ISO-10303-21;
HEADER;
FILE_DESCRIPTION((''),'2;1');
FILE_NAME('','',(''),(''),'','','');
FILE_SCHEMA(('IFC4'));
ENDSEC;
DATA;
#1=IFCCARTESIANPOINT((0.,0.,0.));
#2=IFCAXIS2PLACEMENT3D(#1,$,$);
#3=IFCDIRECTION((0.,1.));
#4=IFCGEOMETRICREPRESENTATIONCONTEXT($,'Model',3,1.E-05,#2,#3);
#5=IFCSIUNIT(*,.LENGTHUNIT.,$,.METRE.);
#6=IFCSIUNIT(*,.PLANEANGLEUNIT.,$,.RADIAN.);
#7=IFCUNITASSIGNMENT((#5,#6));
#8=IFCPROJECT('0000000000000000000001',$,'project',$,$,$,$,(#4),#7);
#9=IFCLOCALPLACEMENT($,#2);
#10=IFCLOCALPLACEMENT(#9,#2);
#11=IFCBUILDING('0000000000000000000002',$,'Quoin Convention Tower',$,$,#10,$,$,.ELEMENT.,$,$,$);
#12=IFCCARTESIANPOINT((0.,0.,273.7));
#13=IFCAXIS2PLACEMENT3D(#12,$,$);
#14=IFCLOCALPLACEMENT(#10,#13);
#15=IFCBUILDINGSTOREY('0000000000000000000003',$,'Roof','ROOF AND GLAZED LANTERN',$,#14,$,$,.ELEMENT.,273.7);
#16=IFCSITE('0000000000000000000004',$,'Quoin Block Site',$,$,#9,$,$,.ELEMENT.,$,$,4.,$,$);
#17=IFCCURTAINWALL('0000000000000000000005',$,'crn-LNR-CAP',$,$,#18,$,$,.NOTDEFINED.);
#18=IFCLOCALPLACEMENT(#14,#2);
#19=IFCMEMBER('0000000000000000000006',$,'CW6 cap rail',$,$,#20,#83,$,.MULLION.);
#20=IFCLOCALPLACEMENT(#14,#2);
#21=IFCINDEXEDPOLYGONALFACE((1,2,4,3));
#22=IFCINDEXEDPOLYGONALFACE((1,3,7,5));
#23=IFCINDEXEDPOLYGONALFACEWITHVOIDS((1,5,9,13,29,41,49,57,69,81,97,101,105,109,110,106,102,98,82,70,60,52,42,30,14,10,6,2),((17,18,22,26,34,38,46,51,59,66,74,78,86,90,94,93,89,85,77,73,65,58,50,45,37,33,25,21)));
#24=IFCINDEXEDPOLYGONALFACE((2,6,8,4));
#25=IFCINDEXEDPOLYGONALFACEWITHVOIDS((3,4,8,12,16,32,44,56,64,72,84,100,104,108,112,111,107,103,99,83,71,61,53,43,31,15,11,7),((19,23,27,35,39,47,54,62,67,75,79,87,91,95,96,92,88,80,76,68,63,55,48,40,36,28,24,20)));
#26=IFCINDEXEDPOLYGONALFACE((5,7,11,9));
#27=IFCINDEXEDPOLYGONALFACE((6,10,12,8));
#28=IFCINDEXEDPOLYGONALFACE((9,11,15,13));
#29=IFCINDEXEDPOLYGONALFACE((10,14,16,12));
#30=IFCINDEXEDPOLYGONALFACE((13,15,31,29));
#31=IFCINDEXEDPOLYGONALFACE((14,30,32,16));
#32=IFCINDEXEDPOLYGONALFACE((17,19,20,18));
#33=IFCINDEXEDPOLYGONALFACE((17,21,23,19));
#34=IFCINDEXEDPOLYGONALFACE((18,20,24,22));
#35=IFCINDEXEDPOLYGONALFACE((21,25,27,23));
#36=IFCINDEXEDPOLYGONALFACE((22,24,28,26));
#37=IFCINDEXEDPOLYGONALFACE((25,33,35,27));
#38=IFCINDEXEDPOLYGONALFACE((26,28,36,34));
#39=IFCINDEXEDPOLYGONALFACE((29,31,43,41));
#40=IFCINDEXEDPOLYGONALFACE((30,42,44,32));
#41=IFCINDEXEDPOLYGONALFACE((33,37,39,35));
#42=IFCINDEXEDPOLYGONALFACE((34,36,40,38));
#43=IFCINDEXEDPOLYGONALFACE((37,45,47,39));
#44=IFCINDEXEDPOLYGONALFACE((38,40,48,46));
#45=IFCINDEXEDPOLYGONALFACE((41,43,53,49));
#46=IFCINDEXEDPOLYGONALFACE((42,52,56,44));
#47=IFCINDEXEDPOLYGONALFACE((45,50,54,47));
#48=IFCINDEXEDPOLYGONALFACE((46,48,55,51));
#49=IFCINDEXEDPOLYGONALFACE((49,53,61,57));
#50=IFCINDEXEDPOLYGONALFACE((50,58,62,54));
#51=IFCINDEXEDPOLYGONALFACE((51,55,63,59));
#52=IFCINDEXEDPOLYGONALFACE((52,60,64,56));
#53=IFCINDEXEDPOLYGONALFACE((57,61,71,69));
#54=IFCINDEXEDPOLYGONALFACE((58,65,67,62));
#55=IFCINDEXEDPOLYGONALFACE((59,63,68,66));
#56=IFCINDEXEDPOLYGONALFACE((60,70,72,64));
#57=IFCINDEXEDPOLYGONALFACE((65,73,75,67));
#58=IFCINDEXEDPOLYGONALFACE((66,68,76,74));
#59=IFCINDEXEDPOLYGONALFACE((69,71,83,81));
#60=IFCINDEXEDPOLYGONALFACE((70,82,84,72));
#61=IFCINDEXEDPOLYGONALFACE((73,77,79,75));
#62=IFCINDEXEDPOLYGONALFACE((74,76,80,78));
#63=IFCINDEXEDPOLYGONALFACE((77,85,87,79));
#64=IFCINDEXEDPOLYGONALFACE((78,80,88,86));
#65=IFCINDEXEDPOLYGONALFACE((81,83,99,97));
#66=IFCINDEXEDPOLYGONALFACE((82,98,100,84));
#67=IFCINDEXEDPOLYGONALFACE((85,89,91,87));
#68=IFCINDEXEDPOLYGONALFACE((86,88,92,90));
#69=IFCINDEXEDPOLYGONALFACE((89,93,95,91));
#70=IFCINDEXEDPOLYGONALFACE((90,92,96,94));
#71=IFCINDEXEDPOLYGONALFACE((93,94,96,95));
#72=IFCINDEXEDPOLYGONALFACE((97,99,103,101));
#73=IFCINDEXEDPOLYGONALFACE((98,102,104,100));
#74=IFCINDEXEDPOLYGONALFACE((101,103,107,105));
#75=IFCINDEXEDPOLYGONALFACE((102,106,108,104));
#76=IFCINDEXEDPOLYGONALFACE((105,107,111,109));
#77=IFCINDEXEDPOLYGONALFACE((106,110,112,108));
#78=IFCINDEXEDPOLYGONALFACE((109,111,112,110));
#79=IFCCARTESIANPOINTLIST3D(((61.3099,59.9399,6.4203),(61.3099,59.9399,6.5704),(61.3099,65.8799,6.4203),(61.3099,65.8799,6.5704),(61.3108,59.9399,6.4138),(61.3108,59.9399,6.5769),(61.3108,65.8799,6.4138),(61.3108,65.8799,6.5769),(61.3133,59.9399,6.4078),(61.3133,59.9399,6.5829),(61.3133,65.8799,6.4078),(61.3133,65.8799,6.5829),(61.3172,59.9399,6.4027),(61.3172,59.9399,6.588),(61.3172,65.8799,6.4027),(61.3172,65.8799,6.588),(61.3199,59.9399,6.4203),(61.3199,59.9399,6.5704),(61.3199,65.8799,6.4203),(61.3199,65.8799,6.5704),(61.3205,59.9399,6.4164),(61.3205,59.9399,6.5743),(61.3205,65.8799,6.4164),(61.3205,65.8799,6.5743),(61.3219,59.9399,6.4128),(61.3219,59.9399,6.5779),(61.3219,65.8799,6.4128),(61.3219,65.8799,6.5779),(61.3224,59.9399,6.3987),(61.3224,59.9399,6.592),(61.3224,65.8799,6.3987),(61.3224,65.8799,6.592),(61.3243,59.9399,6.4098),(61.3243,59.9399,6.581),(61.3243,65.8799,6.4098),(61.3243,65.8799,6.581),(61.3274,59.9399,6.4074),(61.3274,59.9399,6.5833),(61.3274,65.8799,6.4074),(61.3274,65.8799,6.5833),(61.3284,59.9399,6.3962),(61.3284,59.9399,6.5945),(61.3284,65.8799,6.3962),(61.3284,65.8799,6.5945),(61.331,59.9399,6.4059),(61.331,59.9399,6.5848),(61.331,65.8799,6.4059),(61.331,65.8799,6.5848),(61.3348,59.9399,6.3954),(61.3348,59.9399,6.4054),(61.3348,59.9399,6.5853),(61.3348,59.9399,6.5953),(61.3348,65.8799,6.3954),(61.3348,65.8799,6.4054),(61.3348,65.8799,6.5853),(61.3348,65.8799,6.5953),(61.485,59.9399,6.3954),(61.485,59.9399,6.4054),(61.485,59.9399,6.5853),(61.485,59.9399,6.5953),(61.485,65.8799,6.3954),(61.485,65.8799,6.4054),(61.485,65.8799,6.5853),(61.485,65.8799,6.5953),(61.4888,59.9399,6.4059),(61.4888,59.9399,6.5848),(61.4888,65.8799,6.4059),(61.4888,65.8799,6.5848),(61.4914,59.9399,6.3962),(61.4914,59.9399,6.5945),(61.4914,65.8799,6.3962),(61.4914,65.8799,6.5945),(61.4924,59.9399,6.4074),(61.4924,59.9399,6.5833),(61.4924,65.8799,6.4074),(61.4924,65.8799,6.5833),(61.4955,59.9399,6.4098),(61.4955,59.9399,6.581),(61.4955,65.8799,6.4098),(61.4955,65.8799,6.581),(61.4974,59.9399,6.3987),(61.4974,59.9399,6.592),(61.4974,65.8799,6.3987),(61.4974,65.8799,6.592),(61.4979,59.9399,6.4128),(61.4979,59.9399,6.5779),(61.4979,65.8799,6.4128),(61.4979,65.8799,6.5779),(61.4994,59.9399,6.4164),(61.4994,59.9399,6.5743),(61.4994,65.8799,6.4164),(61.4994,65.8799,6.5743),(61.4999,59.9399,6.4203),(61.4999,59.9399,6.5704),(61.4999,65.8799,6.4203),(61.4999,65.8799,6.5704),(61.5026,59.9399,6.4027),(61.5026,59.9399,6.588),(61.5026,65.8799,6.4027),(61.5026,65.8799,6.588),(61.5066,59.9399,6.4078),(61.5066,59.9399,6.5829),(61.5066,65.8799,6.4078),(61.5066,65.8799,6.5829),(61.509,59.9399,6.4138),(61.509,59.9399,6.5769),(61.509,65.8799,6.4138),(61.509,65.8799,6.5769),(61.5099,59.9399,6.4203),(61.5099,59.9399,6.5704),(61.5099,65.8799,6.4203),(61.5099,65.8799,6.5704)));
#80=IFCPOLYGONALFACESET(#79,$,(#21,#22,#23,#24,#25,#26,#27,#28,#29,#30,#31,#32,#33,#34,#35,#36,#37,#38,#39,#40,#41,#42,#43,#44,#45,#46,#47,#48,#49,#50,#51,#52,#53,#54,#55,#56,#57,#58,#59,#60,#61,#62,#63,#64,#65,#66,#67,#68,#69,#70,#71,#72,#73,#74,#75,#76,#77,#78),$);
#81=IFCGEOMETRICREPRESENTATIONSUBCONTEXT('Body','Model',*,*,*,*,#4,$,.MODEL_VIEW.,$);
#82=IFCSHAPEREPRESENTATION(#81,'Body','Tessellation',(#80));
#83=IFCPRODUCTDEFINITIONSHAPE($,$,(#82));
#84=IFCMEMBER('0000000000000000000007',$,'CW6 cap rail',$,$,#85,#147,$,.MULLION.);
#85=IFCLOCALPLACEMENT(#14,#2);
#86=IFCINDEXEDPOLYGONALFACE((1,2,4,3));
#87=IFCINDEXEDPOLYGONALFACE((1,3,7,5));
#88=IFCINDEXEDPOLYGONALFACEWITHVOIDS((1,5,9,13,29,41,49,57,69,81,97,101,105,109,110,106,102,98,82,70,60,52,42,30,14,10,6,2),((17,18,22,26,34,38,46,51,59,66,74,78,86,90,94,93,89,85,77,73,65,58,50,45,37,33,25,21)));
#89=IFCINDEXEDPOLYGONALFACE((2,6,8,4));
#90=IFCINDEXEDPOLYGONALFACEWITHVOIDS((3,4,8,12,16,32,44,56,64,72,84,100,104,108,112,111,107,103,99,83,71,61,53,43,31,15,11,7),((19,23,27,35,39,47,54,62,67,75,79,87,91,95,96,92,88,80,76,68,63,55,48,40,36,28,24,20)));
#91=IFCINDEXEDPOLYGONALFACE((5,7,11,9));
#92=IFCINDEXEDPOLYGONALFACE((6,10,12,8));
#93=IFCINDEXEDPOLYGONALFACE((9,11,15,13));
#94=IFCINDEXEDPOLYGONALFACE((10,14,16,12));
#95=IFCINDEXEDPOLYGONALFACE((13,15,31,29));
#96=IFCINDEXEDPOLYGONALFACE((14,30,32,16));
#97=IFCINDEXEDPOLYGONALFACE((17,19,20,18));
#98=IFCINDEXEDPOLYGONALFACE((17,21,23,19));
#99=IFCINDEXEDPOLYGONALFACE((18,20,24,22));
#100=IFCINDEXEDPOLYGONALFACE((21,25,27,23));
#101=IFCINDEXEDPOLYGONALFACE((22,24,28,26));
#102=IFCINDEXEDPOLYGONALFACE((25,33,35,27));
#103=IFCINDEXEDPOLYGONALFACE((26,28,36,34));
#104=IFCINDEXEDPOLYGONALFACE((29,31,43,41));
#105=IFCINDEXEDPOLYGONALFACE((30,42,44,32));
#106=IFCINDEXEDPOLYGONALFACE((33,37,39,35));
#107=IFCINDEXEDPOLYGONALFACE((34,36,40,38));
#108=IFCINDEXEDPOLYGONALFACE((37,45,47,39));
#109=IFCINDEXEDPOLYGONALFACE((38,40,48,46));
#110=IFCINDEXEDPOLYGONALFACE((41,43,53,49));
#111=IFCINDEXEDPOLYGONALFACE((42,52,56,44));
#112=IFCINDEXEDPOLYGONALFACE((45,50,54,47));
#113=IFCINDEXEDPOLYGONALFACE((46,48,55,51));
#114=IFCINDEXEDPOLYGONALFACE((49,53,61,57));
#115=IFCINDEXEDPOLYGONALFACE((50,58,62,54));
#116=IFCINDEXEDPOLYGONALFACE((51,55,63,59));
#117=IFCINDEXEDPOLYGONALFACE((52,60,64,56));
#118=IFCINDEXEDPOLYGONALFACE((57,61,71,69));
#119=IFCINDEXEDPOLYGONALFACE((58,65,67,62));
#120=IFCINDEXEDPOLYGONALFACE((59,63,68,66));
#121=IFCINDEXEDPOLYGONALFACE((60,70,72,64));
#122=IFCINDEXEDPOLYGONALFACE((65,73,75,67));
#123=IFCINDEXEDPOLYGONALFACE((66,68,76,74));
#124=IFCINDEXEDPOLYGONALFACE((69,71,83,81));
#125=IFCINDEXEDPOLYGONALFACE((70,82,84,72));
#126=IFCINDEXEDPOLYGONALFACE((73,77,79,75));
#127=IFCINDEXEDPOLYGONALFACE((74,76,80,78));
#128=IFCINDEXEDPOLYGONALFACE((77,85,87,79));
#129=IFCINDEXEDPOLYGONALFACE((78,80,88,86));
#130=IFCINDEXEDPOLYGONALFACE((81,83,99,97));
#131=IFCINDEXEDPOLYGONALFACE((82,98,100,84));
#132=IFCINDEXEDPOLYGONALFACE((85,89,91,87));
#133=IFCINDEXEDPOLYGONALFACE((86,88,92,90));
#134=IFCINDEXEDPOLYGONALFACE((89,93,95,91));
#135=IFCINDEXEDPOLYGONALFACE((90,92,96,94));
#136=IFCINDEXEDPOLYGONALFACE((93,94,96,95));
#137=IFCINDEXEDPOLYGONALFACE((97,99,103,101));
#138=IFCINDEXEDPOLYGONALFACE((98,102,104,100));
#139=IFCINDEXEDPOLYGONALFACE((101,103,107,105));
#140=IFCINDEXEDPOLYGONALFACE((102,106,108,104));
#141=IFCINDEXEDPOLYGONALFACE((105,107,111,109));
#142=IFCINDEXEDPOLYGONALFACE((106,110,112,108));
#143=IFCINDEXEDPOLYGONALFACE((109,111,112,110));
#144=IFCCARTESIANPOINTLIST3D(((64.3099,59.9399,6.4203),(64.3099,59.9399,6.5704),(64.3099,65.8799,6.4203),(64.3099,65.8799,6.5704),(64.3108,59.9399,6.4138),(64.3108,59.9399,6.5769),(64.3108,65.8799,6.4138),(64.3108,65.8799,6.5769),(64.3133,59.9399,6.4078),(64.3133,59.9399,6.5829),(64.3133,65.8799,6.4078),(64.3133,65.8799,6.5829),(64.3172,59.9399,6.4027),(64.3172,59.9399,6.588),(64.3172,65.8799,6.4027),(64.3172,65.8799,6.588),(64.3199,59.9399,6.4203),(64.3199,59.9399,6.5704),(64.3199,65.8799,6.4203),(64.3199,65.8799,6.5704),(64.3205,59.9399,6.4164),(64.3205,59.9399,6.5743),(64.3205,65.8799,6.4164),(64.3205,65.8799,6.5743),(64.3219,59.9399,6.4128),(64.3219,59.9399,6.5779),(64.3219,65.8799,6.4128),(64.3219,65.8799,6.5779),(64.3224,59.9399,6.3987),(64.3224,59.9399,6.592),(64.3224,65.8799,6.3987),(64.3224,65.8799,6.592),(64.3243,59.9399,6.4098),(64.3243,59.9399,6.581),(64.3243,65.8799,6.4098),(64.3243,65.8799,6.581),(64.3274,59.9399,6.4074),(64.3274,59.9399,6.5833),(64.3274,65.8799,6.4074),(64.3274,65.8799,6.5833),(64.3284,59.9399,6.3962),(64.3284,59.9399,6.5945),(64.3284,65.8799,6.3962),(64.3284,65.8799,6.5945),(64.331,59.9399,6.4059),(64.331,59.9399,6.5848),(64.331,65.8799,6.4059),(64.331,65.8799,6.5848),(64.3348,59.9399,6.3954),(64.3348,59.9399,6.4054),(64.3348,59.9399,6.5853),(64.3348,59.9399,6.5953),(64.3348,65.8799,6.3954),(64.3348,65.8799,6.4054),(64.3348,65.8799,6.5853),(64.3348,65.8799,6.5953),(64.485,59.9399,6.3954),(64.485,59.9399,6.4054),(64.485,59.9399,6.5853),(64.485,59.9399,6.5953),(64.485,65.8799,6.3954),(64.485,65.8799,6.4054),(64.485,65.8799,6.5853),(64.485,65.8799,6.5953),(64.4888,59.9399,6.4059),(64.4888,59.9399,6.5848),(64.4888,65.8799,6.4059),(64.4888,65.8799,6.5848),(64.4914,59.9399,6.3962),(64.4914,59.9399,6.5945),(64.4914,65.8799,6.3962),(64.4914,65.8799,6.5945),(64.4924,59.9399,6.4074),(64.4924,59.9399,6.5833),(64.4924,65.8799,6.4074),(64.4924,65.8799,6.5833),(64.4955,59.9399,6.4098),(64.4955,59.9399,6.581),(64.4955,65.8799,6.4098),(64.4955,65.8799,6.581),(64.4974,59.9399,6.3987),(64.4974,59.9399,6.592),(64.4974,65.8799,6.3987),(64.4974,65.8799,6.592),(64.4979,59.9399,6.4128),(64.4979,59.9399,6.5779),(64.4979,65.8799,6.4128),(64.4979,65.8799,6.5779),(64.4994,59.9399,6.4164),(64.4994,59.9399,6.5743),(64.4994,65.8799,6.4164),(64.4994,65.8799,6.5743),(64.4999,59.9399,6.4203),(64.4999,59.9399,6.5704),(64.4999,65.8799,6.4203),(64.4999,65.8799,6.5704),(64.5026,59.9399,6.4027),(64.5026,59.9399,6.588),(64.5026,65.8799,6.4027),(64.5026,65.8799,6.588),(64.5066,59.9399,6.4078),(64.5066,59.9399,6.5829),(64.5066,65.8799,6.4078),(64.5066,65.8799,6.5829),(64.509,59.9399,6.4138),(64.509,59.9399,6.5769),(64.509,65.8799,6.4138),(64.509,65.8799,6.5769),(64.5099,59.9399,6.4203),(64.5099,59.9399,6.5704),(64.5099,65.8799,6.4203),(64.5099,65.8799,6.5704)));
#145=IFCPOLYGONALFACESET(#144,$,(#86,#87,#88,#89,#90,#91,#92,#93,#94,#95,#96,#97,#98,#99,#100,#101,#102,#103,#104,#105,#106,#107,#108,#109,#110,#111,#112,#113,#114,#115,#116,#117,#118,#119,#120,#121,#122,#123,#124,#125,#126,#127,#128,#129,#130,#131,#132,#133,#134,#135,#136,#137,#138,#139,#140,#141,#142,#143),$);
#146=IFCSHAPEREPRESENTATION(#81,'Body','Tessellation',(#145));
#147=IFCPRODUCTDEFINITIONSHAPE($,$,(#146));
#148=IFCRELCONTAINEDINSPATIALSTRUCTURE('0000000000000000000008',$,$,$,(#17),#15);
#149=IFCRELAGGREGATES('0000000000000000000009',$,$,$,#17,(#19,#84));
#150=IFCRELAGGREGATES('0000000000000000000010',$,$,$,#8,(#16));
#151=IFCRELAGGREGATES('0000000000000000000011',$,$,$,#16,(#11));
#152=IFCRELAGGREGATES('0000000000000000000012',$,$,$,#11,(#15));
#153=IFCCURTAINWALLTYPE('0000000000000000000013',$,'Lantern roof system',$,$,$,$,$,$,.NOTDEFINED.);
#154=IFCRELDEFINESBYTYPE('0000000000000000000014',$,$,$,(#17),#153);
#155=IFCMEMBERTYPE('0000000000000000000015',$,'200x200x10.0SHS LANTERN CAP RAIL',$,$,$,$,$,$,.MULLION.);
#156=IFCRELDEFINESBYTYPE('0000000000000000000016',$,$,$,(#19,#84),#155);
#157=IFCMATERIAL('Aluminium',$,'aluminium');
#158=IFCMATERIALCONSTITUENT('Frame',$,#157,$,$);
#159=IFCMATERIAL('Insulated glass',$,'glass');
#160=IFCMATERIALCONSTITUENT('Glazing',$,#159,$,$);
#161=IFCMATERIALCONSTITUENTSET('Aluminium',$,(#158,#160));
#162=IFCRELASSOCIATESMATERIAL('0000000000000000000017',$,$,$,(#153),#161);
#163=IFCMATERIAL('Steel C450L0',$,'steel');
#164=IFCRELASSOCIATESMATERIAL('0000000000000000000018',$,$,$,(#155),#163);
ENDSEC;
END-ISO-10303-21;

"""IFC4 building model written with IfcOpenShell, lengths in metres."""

from ifc_helpers import new_model, si_unit, direction, frame, origin, origin_2d, place, context, subcontext, project, spatial, hollow_rectangle, extrude, material, constituent, constituent_set, material_profile, profile_set, type_object, element, aggregate, save


model = new_model("IFC4")

# Units and contexts
model_context = context("Model", 3, precision=1e-05, world=origin(), true_north=direction((0.0, 1.0)))
body_context = subcontext(model_context, "Body", "Model", "MODEL_VIEW")
ifc_project = project(units=[si_unit("LENGTHUNIT", "METRE"), si_unit("PLANEANGLEUNIT", "RADIAN")], contexts=[model_context])

# Site, building, storey
site_placement = place(None, origin())
site = spatial("IfcSite", under=ifc_project, at=site_placement, Name="Quoin Block Site", CompositionType="ELEMENT", RefElevation=4.0)
building_placement = place(site_placement, origin())
building = spatial("IfcBuilding", under=site, at=building_placement, Name="Quoin Convention Tower", CompositionType="ELEMENT")
storey_placement = place(building_placement, frame((0.0, 0.0, 273.7)))
storey = spatial("IfcBuildingStorey", under=building, at=storey_placement, Name="Roof", Description="ROOF AND GLAZED LANTERN", CompositionType="ELEMENT", Elevation=273.7)

# Shared definitions
ifc_material_1 = material(Name="Steel C450L0", Category="steel")

# Curtain wall, members
ifc_material_2 = material(Name="Aluminium", Category="aluminium")
ifc_constituent_1 = constituent(ifc_material_2, Name="Frame")
ifc_material_3 = material(Name="Insulated glass", Category="glass")
ifc_constituent_2 = constituent(ifc_material_3, Name="Glazing")
ifc_constituent_set = constituent_set(constituents=[ifc_constituent_1, ifc_constituent_2], Name="Aluminium")
curtain_wall_type = type_object("IfcCurtainWallType", Name="Lantern roof system", PredefinedType="NOTDEFINED", material=ifc_constituent_set)
curtain_wall_placement = place(storey_placement, origin())
curtain_wall = element("IfcCurtainWall", 1, at=curtain_wall_placement, inside=storey, type_object=curtain_wall_type, Name="crn-LNR-CAP", PredefinedType="NOTDEFINED")
ifc_material_profile_1 = material_profile(ifc_material_1, hollow_rectangle(XDim=0.2, YDim=0.2, WallThickness=0.01, InnerFilletRadius=0.0149, OuterFilletRadius=0.0249, at=origin_2d()), Name="200x200x10.0SHS")
ifc_profile_set_1 = profile_set([ifc_material_profile_1], Name="Steel C450L0")
member_type_1 = type_object("IfcMemberType", Name="200x200x10.0SHS LANTERN CAP RAIL", PredefinedType="MULLION", material=ifc_profile_set_1)
member_1_placement = place(storey_placement, frame((61.4099, 59.9399, 6.4954), z_axis=(0.0, 1.0, 0.0), x_axis=(-1.0, 0.0, 0.0)))
member_1 = element("IfcMember", 2, at=member_1_placement, type_object=member_type_1, Name="CW6 cap rail", PredefinedType="MULLION", context=body_context, shape_type="SweptSolid", body=[
    extrude(hollow_rectangle(XDim=0.2, YDim=0.2, WallThickness=0.01, InnerFilletRadius=0.0149, OuterFilletRadius=0.0249, at=origin_2d()), origin(), (0.0, 0.0, 1.0), 5.9399),
])
member_2_placement = place(storey_placement, frame((64.4099, 59.9399, 6.4954), z_axis=(0.0, 1.0, 0.0), x_axis=(-1.0, 0.0, 0.0)))
member_2 = element("IfcMember", 3, at=member_2_placement, type_object=member_type_1, Name="CW6 cap rail", PredefinedType="MULLION", context=body_context, shape_type="SweptSolid", body=[
    extrude(hollow_rectangle(XDim=0.2, YDim=0.2, WallThickness=0.01, InnerFilletRadius=0.0149, OuterFilletRadius=0.0249, at=origin_2d()), origin(), (0.0, 0.0, 1.0), 5.9399),
])
aggregate(curtain_wall, [member_1, member_2])

save(model, "model.ifc")
